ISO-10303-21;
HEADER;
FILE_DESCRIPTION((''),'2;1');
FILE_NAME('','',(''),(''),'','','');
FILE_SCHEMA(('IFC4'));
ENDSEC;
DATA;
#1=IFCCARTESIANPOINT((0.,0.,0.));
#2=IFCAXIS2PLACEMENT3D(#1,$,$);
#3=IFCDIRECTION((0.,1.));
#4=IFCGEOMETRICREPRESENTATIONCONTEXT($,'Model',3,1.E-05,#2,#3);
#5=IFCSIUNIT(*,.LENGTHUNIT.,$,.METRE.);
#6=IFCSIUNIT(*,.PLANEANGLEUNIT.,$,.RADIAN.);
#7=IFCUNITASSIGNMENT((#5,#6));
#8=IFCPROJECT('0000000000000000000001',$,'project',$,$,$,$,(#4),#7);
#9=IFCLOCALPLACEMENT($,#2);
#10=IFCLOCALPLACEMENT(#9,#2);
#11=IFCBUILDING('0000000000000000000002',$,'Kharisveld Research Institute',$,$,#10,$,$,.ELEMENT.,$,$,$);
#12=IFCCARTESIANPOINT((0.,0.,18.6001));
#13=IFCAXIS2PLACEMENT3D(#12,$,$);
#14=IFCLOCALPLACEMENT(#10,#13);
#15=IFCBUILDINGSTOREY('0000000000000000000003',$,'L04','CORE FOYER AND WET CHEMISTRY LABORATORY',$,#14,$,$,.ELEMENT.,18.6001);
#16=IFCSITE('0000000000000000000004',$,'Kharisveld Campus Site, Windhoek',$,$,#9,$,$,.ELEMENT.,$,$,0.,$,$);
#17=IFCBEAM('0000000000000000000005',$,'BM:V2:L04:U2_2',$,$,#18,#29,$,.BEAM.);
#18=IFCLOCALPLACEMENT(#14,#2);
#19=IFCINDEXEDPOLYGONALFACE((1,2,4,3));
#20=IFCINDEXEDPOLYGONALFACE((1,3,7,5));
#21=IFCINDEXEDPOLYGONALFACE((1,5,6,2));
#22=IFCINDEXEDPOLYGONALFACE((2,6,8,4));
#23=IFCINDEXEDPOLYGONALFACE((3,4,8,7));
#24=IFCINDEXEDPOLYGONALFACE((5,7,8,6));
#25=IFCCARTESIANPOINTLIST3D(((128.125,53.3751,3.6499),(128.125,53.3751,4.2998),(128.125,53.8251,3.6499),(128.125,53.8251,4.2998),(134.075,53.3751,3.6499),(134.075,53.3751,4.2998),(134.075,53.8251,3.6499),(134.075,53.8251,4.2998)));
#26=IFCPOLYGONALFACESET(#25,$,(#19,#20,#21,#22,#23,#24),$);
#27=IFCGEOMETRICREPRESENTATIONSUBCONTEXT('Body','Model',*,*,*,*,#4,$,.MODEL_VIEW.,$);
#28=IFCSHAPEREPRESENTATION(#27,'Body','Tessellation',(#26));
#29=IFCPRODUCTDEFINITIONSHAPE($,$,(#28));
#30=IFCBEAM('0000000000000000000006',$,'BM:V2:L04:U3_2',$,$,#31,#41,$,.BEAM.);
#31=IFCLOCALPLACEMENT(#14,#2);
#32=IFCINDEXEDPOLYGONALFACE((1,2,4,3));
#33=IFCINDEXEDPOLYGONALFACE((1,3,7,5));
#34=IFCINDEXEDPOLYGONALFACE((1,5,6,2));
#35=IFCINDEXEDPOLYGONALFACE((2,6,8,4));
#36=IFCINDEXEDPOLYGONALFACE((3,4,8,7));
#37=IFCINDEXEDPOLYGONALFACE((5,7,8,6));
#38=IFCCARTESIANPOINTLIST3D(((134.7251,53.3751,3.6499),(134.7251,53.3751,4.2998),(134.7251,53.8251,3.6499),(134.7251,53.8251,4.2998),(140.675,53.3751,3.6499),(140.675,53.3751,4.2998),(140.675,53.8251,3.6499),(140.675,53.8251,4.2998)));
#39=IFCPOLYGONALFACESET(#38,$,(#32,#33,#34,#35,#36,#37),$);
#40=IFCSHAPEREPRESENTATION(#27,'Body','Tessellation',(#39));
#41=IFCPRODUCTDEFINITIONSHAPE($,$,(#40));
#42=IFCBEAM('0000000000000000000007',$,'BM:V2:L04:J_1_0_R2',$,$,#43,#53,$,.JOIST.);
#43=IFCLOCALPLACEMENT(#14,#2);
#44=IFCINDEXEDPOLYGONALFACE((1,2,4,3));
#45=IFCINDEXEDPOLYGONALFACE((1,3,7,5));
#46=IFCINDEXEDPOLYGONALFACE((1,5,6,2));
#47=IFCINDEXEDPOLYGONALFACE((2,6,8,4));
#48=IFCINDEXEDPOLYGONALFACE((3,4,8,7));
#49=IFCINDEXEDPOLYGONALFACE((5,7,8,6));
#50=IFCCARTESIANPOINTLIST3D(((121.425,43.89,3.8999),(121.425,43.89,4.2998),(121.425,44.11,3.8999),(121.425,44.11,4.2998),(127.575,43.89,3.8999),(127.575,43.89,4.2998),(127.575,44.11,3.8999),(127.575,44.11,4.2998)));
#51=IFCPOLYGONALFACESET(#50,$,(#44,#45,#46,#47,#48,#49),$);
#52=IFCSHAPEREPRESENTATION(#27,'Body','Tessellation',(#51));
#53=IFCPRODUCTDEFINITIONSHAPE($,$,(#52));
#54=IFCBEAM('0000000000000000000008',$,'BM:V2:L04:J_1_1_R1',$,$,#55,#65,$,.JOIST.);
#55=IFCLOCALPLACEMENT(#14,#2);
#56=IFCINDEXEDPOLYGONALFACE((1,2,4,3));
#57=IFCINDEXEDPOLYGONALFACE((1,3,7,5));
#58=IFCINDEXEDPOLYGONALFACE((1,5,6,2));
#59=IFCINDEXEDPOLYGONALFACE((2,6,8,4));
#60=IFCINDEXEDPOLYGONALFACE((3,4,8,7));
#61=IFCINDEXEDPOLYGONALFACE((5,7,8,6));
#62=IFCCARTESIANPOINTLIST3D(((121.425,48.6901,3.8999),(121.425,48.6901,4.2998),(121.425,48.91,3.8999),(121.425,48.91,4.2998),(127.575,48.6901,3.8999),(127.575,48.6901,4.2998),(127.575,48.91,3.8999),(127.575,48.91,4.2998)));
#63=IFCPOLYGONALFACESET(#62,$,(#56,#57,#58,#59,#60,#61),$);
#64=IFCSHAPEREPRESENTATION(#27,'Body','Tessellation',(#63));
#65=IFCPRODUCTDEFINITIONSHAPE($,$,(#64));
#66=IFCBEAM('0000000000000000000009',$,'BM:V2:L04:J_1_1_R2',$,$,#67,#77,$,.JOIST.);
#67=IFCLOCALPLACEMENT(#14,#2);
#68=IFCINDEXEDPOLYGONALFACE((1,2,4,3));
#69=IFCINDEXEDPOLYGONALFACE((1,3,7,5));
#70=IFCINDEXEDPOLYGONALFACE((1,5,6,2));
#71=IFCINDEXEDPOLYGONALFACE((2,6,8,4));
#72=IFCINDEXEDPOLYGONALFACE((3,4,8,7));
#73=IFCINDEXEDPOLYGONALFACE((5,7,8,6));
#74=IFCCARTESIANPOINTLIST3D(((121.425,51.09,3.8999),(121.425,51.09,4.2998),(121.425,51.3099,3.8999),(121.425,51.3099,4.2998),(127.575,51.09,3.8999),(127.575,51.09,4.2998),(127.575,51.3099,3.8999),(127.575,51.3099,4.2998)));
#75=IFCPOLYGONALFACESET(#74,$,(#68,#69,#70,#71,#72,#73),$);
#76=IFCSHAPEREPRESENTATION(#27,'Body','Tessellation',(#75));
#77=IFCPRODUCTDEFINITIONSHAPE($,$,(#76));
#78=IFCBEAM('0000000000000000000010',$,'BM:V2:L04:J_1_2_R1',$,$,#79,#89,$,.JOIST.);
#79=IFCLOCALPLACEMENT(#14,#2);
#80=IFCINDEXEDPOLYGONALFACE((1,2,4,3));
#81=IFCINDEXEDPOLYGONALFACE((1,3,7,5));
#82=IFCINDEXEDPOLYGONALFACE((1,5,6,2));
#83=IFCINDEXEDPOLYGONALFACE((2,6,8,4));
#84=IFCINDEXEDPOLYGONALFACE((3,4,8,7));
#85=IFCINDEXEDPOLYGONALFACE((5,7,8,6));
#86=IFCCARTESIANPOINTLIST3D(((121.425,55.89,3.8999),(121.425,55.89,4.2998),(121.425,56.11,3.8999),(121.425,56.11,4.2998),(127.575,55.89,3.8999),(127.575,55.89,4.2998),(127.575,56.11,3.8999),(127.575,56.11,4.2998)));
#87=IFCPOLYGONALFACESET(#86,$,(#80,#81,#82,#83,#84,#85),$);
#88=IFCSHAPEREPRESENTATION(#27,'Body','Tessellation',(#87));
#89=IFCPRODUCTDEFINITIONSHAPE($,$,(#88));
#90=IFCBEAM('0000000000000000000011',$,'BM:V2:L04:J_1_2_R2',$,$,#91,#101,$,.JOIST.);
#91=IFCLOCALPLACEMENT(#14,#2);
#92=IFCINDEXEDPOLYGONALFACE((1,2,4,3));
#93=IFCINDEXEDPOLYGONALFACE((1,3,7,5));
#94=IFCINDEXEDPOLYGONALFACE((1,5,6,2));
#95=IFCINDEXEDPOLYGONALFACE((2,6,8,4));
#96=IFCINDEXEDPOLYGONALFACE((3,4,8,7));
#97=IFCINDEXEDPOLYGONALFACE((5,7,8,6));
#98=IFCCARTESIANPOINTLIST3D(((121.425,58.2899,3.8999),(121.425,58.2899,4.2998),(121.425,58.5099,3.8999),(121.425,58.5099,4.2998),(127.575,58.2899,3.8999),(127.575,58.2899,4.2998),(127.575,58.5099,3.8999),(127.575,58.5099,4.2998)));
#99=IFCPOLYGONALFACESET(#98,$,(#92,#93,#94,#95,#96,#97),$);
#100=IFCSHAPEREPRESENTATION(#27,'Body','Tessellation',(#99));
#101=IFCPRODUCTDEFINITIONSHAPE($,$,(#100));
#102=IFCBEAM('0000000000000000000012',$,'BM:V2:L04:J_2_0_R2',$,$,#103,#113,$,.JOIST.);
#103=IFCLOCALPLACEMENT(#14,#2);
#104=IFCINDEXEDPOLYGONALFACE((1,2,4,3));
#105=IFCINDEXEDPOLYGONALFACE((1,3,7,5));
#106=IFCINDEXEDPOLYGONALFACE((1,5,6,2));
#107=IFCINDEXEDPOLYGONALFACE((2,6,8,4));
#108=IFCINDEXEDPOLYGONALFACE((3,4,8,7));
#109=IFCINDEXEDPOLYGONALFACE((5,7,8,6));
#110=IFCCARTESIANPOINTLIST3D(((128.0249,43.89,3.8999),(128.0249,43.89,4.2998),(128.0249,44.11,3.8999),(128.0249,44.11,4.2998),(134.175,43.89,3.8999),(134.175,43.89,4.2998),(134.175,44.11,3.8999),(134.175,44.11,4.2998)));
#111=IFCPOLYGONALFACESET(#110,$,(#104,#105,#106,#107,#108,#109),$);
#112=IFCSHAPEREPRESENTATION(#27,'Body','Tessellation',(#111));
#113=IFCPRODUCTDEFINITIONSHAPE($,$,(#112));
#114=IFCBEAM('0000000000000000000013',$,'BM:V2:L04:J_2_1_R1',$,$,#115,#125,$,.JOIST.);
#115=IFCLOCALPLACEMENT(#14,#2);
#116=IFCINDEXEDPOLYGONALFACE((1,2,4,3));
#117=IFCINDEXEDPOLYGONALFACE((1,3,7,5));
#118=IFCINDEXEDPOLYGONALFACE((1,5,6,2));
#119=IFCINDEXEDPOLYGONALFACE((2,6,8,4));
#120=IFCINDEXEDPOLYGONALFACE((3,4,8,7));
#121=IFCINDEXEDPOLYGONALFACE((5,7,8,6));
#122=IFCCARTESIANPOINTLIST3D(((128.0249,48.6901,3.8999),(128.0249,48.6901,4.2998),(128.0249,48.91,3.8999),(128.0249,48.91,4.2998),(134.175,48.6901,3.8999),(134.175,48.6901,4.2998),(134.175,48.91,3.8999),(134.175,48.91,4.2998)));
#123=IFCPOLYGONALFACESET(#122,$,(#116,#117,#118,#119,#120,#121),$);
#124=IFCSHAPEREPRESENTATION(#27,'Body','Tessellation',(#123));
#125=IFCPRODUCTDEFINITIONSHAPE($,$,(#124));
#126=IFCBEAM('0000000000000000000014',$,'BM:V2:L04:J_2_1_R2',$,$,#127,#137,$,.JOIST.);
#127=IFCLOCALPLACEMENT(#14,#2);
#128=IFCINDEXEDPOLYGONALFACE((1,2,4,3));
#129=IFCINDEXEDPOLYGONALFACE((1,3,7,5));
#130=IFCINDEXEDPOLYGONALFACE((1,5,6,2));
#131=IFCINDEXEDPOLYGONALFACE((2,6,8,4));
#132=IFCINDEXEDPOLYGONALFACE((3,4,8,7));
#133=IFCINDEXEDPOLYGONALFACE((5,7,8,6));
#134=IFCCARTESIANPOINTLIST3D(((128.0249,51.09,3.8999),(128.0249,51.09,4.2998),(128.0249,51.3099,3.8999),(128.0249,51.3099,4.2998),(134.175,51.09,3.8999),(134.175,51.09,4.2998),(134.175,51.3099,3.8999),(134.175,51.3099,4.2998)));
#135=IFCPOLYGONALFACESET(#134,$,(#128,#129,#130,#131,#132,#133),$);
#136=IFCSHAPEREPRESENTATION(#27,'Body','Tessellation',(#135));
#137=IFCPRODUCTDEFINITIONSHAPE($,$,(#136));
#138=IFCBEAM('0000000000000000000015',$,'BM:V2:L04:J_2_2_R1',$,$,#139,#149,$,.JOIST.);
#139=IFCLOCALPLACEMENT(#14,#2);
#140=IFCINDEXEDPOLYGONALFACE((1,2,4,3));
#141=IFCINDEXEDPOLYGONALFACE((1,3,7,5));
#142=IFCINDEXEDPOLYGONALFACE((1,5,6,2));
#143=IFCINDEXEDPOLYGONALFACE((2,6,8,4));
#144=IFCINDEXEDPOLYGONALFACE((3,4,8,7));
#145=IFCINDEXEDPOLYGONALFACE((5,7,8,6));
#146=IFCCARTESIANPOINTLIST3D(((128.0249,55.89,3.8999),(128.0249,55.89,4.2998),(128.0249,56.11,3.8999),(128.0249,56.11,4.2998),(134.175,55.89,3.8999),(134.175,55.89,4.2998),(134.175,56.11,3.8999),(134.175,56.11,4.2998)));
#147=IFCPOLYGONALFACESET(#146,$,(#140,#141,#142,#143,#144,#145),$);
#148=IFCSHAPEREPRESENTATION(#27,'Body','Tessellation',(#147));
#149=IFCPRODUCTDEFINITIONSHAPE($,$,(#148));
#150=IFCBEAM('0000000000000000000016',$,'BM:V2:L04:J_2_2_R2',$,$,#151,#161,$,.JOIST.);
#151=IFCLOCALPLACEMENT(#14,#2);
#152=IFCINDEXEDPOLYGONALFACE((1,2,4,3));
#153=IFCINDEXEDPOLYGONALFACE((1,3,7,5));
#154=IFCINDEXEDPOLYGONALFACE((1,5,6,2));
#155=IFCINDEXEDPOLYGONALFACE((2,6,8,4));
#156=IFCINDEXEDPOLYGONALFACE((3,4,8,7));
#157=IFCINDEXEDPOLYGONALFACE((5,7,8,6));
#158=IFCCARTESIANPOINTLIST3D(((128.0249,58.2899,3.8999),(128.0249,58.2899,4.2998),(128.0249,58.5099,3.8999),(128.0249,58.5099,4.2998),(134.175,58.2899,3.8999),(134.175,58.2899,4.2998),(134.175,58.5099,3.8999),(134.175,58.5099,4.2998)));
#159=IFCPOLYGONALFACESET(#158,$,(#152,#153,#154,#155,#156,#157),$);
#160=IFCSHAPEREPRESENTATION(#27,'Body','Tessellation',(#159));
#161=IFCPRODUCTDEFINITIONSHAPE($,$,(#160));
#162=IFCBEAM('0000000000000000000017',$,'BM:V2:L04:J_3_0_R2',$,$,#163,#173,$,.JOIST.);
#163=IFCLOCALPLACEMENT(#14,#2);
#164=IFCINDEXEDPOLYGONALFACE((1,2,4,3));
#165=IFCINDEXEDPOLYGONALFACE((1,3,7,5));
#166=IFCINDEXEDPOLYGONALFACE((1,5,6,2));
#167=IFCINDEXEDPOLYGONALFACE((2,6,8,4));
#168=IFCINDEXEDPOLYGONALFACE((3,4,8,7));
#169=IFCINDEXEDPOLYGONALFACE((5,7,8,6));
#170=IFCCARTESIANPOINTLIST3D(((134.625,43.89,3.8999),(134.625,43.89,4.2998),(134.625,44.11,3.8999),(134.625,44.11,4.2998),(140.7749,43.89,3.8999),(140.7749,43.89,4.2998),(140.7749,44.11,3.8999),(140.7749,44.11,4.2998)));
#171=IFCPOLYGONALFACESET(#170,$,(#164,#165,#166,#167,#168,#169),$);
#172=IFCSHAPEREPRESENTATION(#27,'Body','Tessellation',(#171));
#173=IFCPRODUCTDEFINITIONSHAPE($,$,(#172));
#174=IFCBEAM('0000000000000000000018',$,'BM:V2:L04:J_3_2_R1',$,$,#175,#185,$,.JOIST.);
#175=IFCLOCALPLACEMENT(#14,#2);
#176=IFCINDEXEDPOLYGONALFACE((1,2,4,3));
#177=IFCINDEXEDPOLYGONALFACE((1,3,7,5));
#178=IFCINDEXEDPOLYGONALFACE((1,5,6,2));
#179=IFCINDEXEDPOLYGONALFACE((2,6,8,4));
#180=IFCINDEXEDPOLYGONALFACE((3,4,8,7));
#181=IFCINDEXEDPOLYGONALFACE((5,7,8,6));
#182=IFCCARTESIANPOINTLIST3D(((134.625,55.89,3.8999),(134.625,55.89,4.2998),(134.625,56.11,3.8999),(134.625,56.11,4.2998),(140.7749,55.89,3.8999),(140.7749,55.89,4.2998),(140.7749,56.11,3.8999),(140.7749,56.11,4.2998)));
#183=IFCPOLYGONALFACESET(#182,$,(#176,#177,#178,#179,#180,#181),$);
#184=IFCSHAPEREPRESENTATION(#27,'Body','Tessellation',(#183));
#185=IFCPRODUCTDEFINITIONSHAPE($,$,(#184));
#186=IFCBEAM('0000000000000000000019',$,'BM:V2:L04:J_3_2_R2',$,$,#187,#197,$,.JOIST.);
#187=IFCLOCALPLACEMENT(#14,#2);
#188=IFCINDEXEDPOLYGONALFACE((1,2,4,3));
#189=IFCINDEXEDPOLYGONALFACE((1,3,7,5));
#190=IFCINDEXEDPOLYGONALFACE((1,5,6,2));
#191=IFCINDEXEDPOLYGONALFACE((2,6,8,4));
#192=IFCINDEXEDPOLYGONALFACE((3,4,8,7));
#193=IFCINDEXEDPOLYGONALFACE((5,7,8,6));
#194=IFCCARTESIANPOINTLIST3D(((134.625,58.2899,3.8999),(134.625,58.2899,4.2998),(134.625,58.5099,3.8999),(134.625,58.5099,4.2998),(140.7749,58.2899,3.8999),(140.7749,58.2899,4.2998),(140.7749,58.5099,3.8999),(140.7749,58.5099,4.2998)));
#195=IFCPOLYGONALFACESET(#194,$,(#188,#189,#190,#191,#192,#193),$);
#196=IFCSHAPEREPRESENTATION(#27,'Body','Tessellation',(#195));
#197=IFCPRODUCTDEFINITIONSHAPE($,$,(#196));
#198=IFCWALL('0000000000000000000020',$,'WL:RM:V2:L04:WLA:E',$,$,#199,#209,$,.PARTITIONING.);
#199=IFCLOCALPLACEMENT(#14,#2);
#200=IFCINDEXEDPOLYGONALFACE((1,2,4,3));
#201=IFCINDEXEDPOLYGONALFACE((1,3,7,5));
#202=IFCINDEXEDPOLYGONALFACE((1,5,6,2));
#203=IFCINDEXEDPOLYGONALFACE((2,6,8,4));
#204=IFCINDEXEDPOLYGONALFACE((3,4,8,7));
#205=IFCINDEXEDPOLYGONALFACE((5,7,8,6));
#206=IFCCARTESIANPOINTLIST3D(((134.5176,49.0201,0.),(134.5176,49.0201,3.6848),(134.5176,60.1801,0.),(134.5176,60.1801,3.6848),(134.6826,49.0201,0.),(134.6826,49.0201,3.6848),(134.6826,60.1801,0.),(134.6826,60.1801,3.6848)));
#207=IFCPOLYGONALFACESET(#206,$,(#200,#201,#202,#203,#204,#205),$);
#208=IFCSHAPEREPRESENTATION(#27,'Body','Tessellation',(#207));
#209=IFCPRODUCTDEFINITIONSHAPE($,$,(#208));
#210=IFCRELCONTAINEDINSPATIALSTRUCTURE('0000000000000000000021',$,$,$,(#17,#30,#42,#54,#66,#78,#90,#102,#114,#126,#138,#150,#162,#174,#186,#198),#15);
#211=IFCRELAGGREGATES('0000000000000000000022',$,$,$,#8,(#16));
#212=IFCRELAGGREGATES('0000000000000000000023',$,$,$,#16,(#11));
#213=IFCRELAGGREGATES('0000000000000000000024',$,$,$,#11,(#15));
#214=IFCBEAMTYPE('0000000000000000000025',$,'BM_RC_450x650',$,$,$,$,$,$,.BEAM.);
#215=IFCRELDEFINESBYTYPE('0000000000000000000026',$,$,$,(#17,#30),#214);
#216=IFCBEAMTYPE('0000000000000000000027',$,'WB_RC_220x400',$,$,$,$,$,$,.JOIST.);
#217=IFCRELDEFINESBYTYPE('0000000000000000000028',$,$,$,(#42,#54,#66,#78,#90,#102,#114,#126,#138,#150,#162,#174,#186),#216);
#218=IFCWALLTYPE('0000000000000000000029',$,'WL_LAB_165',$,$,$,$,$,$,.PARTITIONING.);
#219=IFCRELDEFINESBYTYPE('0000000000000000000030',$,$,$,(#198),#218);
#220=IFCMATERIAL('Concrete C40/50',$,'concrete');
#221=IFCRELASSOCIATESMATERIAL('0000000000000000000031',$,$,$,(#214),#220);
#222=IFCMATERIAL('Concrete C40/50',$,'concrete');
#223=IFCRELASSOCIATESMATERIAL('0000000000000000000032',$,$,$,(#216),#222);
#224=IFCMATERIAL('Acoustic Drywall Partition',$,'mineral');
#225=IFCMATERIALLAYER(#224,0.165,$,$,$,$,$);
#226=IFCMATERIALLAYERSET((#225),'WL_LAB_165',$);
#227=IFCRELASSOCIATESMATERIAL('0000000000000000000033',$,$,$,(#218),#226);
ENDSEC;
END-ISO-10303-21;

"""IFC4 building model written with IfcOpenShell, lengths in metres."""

from ifc_helpers import new_model, si_unit, direction, frame, frame_2d, origin, origin_2d, place, context, subcontext, project, spatial, rectangle, extrude, material, layer, layer_set, material_profile, profile_set, type_object, element, save


model = new_model("IFC4")

# Units and contexts
model_context = context("Model", 3, precision=1e-05, world=origin(), true_north=direction((0.0, 1.0)))
body_context = subcontext(model_context, "Body", "Model", "MODEL_VIEW")
ifc_project = project(units=[si_unit("LENGTHUNIT", "METRE"), si_unit("PLANEANGLEUNIT", "RADIAN")], contexts=[model_context])

# Site, building, storey
site_placement = place(None, origin())
site = spatial("IfcSite", under=ifc_project, at=site_placement, Name="Kharisveld Campus Site, Windhoek", CompositionType="ELEMENT", RefElevation=0.0)
building_placement = place(site_placement, origin())
building = spatial("IfcBuilding", under=site, at=building_placement, Name="Kharisveld Research Institute", CompositionType="ELEMENT")
storey_placement = place(building_placement, frame((0.0, 0.0, 18.6001)))
storey = spatial("IfcBuildingStorey", under=building, at=storey_placement, Name="L04", Description="CORE FOYER AND WET CHEMISTRY LABORATORY", CompositionType="ELEMENT", Elevation=18.6001)

# Beams
ifc_material_1 = material(Name="Concrete C40/50", Category="concrete")
ifc_material_profile_1 = material_profile(ifc_material_1, rectangle(XDim=0.45, YDim=0.6499, at=origin_2d()))
ifc_profile_set_1 = profile_set([ifc_material_profile_1], Name="Concrete C40/50")
beam_type_1 = type_object("IfcBeamType", Name="BM_RC_450x650", PredefinedType="BEAM", material=ifc_profile_set_1)
for number, where, z_axis, x_axis, name in (
    (1, (128.125, 53.6001, 3.9749), (1.0, 0.0, 0.0), (0.0, 1.0, 0.0), "BM:V2:L04:U2_2"),
    (2, (134.7251, 53.6001, 3.9749), (1.0, 0.0, 0.0), (0.0, 1.0, 0.0), "BM:V2:L04:U3_2"),
):
    element("IfcBeam", number, at=place(storey_placement, frame(where, z_axis=z_axis, x_axis=x_axis)), inside=storey, type_object=beam_type_1, Name=name, PredefinedType="BEAM", context=body_context, shape_type="SweptSolid", body=[
        extrude(rectangle(XDim=0.45, YDim=0.6499, at=origin_2d()), origin(), (0.0, 0.0, 1.0), 5.95),
    ])
ifc_material_2 = material(Name="Concrete C40/50", Category="concrete")
ifc_material_profile_2 = material_profile(ifc_material_2, rectangle(XDim=0.22, YDim=0.3999, at=origin_2d()))
ifc_profile_set_2 = profile_set([ifc_material_profile_2], Name="Concrete C40/50")
beam_type_2 = type_object("IfcBeamType", Name="WB_RC_220x400", PredefinedType="JOIST", material=ifc_profile_set_2)
for number, where, z_axis, x_axis, name in (
    (3, (121.425, 44.0, 4.0999), (1.0, 0.0, 0.0), (0.0, 1.0, 0.0), "BM:V2:L04:J_1_0_R2"),
    (4, (121.425, 48.8, 4.0999), (1.0, 0.0, 0.0), (0.0, 1.0, 0.0), "BM:V2:L04:J_1_1_R1"),
    (5, (121.425, 51.2, 4.0999), (1.0, 0.0, 0.0), (0.0, 1.0, 0.0), "BM:V2:L04:J_1_1_R2"),
    (6, (121.425, 56.0, 4.0999), (1.0, 0.0, 0.0), (0.0, 1.0, 0.0), "BM:V2:L04:J_1_2_R1"),
    (7, (121.425, 58.3999, 4.0999), (1.0, 0.0, 0.0), (0.0, 1.0, 0.0), "BM:V2:L04:J_1_2_R2"),
):
    element("IfcBeam", number, at=place(storey_placement, frame(where, z_axis=z_axis, x_axis=x_axis)), inside=storey, type_object=beam_type_2, Name=name, PredefinedType="JOIST", context=body_context, shape_type="SweptSolid", body=[
        extrude(rectangle(XDim=0.22, YDim=0.3999, at=origin_2d()), origin(), (0.0, 0.0, 1.0), 6.1499),
    ])
for number, where, z_axis, x_axis, name in (
    (8, (128.0249, 44.0, 4.0999), (1.0, 0.0, 0.0), (0.0, 1.0, 0.0), "BM:V2:L04:J_2_0_R2"),
    (9, (128.0249, 48.8, 4.0999), (1.0, 0.0, 0.0), (0.0, 1.0, 0.0), "BM:V2:L04:J_2_1_R1"),
    (10, (128.0249, 51.2, 4.0999), (1.0, 0.0, 0.0), (0.0, 1.0, 0.0), "BM:V2:L04:J_2_1_R2"),
    (11, (128.0249, 56.0, 4.0999), (1.0, 0.0, 0.0), (0.0, 1.0, 0.0), "BM:V2:L04:J_2_2_R1"),
    (12, (128.0249, 58.3999, 4.0999), (1.0, 0.0, 0.0), (0.0, 1.0, 0.0), "BM:V2:L04:J_2_2_R2"),
):
    element("IfcBeam", number, at=place(storey_placement, frame(where, z_axis=z_axis, x_axis=x_axis)), inside=storey, type_object=beam_type_2, Name=name, PredefinedType="JOIST", context=body_context, shape_type="SweptSolid", body=[
        extrude(rectangle(XDim=0.22, YDim=0.3999, at=origin_2d()), origin(), (0.0, 0.0, 1.0), 6.1501),
    ])
for number, where, z_axis, x_axis, name in (
    (13, (134.625, 44.0, 4.0999), (1.0, 0.0, 0.0), (0.0, 1.0, 0.0), "BM:V2:L04:J_3_0_R2"),
    (14, (134.625, 56.0, 4.0999), (1.0, 0.0, 0.0), (0.0, 1.0, 0.0), "BM:V2:L04:J_3_2_R1"),
    (15, (134.625, 58.3999, 4.0999), (1.0, 0.0, 0.0), (0.0, 1.0, 0.0), "BM:V2:L04:J_3_2_R2"),
):
    element("IfcBeam", number, at=place(storey_placement, frame(where, z_axis=z_axis, x_axis=x_axis)), inside=storey, type_object=beam_type_2, Name=name, PredefinedType="JOIST", context=body_context, shape_type="SweptSolid", body=[
        extrude(rectangle(XDim=0.22, YDim=0.3999, at=origin_2d()), origin(), (0.0, 0.0, 1.0), 6.1499),
    ])

# Wall
ifc_material_3 = material(Name="Acoustic Drywall Partition", Category="mineral")
ifc_layer = layer(ifc_material_3, 0.165)
ifc_layer_set = layer_set([ifc_layer], Name="WL_LAB_165")
wall_type = type_object("IfcWallType", Name="WL_LAB_165", PredefinedType="PARTITIONING", material=ifc_layer_set)
wall_1_placement = place(storey_placement, frame((134.6001, 49.02, 0.0), z_axis=(0.0, 0.0, 1.0), x_axis=(0.0, 1.0, 0.0)))
element("IfcWall", 16, at=wall_1_placement, inside=storey, type_object=wall_type, Name="WL:RM:V2:L04:WLA:E", PredefinedType="PARTITIONING", context=body_context, shape_type="SweptSolid", body=[
    extrude(rectangle(XDim=11.1599, YDim=0.165, at=frame_2d((5.5801, 0.0))), origin(), (0.0, 0.0, 1.0), 3.6848),
])

save(model, "model.ifc")
